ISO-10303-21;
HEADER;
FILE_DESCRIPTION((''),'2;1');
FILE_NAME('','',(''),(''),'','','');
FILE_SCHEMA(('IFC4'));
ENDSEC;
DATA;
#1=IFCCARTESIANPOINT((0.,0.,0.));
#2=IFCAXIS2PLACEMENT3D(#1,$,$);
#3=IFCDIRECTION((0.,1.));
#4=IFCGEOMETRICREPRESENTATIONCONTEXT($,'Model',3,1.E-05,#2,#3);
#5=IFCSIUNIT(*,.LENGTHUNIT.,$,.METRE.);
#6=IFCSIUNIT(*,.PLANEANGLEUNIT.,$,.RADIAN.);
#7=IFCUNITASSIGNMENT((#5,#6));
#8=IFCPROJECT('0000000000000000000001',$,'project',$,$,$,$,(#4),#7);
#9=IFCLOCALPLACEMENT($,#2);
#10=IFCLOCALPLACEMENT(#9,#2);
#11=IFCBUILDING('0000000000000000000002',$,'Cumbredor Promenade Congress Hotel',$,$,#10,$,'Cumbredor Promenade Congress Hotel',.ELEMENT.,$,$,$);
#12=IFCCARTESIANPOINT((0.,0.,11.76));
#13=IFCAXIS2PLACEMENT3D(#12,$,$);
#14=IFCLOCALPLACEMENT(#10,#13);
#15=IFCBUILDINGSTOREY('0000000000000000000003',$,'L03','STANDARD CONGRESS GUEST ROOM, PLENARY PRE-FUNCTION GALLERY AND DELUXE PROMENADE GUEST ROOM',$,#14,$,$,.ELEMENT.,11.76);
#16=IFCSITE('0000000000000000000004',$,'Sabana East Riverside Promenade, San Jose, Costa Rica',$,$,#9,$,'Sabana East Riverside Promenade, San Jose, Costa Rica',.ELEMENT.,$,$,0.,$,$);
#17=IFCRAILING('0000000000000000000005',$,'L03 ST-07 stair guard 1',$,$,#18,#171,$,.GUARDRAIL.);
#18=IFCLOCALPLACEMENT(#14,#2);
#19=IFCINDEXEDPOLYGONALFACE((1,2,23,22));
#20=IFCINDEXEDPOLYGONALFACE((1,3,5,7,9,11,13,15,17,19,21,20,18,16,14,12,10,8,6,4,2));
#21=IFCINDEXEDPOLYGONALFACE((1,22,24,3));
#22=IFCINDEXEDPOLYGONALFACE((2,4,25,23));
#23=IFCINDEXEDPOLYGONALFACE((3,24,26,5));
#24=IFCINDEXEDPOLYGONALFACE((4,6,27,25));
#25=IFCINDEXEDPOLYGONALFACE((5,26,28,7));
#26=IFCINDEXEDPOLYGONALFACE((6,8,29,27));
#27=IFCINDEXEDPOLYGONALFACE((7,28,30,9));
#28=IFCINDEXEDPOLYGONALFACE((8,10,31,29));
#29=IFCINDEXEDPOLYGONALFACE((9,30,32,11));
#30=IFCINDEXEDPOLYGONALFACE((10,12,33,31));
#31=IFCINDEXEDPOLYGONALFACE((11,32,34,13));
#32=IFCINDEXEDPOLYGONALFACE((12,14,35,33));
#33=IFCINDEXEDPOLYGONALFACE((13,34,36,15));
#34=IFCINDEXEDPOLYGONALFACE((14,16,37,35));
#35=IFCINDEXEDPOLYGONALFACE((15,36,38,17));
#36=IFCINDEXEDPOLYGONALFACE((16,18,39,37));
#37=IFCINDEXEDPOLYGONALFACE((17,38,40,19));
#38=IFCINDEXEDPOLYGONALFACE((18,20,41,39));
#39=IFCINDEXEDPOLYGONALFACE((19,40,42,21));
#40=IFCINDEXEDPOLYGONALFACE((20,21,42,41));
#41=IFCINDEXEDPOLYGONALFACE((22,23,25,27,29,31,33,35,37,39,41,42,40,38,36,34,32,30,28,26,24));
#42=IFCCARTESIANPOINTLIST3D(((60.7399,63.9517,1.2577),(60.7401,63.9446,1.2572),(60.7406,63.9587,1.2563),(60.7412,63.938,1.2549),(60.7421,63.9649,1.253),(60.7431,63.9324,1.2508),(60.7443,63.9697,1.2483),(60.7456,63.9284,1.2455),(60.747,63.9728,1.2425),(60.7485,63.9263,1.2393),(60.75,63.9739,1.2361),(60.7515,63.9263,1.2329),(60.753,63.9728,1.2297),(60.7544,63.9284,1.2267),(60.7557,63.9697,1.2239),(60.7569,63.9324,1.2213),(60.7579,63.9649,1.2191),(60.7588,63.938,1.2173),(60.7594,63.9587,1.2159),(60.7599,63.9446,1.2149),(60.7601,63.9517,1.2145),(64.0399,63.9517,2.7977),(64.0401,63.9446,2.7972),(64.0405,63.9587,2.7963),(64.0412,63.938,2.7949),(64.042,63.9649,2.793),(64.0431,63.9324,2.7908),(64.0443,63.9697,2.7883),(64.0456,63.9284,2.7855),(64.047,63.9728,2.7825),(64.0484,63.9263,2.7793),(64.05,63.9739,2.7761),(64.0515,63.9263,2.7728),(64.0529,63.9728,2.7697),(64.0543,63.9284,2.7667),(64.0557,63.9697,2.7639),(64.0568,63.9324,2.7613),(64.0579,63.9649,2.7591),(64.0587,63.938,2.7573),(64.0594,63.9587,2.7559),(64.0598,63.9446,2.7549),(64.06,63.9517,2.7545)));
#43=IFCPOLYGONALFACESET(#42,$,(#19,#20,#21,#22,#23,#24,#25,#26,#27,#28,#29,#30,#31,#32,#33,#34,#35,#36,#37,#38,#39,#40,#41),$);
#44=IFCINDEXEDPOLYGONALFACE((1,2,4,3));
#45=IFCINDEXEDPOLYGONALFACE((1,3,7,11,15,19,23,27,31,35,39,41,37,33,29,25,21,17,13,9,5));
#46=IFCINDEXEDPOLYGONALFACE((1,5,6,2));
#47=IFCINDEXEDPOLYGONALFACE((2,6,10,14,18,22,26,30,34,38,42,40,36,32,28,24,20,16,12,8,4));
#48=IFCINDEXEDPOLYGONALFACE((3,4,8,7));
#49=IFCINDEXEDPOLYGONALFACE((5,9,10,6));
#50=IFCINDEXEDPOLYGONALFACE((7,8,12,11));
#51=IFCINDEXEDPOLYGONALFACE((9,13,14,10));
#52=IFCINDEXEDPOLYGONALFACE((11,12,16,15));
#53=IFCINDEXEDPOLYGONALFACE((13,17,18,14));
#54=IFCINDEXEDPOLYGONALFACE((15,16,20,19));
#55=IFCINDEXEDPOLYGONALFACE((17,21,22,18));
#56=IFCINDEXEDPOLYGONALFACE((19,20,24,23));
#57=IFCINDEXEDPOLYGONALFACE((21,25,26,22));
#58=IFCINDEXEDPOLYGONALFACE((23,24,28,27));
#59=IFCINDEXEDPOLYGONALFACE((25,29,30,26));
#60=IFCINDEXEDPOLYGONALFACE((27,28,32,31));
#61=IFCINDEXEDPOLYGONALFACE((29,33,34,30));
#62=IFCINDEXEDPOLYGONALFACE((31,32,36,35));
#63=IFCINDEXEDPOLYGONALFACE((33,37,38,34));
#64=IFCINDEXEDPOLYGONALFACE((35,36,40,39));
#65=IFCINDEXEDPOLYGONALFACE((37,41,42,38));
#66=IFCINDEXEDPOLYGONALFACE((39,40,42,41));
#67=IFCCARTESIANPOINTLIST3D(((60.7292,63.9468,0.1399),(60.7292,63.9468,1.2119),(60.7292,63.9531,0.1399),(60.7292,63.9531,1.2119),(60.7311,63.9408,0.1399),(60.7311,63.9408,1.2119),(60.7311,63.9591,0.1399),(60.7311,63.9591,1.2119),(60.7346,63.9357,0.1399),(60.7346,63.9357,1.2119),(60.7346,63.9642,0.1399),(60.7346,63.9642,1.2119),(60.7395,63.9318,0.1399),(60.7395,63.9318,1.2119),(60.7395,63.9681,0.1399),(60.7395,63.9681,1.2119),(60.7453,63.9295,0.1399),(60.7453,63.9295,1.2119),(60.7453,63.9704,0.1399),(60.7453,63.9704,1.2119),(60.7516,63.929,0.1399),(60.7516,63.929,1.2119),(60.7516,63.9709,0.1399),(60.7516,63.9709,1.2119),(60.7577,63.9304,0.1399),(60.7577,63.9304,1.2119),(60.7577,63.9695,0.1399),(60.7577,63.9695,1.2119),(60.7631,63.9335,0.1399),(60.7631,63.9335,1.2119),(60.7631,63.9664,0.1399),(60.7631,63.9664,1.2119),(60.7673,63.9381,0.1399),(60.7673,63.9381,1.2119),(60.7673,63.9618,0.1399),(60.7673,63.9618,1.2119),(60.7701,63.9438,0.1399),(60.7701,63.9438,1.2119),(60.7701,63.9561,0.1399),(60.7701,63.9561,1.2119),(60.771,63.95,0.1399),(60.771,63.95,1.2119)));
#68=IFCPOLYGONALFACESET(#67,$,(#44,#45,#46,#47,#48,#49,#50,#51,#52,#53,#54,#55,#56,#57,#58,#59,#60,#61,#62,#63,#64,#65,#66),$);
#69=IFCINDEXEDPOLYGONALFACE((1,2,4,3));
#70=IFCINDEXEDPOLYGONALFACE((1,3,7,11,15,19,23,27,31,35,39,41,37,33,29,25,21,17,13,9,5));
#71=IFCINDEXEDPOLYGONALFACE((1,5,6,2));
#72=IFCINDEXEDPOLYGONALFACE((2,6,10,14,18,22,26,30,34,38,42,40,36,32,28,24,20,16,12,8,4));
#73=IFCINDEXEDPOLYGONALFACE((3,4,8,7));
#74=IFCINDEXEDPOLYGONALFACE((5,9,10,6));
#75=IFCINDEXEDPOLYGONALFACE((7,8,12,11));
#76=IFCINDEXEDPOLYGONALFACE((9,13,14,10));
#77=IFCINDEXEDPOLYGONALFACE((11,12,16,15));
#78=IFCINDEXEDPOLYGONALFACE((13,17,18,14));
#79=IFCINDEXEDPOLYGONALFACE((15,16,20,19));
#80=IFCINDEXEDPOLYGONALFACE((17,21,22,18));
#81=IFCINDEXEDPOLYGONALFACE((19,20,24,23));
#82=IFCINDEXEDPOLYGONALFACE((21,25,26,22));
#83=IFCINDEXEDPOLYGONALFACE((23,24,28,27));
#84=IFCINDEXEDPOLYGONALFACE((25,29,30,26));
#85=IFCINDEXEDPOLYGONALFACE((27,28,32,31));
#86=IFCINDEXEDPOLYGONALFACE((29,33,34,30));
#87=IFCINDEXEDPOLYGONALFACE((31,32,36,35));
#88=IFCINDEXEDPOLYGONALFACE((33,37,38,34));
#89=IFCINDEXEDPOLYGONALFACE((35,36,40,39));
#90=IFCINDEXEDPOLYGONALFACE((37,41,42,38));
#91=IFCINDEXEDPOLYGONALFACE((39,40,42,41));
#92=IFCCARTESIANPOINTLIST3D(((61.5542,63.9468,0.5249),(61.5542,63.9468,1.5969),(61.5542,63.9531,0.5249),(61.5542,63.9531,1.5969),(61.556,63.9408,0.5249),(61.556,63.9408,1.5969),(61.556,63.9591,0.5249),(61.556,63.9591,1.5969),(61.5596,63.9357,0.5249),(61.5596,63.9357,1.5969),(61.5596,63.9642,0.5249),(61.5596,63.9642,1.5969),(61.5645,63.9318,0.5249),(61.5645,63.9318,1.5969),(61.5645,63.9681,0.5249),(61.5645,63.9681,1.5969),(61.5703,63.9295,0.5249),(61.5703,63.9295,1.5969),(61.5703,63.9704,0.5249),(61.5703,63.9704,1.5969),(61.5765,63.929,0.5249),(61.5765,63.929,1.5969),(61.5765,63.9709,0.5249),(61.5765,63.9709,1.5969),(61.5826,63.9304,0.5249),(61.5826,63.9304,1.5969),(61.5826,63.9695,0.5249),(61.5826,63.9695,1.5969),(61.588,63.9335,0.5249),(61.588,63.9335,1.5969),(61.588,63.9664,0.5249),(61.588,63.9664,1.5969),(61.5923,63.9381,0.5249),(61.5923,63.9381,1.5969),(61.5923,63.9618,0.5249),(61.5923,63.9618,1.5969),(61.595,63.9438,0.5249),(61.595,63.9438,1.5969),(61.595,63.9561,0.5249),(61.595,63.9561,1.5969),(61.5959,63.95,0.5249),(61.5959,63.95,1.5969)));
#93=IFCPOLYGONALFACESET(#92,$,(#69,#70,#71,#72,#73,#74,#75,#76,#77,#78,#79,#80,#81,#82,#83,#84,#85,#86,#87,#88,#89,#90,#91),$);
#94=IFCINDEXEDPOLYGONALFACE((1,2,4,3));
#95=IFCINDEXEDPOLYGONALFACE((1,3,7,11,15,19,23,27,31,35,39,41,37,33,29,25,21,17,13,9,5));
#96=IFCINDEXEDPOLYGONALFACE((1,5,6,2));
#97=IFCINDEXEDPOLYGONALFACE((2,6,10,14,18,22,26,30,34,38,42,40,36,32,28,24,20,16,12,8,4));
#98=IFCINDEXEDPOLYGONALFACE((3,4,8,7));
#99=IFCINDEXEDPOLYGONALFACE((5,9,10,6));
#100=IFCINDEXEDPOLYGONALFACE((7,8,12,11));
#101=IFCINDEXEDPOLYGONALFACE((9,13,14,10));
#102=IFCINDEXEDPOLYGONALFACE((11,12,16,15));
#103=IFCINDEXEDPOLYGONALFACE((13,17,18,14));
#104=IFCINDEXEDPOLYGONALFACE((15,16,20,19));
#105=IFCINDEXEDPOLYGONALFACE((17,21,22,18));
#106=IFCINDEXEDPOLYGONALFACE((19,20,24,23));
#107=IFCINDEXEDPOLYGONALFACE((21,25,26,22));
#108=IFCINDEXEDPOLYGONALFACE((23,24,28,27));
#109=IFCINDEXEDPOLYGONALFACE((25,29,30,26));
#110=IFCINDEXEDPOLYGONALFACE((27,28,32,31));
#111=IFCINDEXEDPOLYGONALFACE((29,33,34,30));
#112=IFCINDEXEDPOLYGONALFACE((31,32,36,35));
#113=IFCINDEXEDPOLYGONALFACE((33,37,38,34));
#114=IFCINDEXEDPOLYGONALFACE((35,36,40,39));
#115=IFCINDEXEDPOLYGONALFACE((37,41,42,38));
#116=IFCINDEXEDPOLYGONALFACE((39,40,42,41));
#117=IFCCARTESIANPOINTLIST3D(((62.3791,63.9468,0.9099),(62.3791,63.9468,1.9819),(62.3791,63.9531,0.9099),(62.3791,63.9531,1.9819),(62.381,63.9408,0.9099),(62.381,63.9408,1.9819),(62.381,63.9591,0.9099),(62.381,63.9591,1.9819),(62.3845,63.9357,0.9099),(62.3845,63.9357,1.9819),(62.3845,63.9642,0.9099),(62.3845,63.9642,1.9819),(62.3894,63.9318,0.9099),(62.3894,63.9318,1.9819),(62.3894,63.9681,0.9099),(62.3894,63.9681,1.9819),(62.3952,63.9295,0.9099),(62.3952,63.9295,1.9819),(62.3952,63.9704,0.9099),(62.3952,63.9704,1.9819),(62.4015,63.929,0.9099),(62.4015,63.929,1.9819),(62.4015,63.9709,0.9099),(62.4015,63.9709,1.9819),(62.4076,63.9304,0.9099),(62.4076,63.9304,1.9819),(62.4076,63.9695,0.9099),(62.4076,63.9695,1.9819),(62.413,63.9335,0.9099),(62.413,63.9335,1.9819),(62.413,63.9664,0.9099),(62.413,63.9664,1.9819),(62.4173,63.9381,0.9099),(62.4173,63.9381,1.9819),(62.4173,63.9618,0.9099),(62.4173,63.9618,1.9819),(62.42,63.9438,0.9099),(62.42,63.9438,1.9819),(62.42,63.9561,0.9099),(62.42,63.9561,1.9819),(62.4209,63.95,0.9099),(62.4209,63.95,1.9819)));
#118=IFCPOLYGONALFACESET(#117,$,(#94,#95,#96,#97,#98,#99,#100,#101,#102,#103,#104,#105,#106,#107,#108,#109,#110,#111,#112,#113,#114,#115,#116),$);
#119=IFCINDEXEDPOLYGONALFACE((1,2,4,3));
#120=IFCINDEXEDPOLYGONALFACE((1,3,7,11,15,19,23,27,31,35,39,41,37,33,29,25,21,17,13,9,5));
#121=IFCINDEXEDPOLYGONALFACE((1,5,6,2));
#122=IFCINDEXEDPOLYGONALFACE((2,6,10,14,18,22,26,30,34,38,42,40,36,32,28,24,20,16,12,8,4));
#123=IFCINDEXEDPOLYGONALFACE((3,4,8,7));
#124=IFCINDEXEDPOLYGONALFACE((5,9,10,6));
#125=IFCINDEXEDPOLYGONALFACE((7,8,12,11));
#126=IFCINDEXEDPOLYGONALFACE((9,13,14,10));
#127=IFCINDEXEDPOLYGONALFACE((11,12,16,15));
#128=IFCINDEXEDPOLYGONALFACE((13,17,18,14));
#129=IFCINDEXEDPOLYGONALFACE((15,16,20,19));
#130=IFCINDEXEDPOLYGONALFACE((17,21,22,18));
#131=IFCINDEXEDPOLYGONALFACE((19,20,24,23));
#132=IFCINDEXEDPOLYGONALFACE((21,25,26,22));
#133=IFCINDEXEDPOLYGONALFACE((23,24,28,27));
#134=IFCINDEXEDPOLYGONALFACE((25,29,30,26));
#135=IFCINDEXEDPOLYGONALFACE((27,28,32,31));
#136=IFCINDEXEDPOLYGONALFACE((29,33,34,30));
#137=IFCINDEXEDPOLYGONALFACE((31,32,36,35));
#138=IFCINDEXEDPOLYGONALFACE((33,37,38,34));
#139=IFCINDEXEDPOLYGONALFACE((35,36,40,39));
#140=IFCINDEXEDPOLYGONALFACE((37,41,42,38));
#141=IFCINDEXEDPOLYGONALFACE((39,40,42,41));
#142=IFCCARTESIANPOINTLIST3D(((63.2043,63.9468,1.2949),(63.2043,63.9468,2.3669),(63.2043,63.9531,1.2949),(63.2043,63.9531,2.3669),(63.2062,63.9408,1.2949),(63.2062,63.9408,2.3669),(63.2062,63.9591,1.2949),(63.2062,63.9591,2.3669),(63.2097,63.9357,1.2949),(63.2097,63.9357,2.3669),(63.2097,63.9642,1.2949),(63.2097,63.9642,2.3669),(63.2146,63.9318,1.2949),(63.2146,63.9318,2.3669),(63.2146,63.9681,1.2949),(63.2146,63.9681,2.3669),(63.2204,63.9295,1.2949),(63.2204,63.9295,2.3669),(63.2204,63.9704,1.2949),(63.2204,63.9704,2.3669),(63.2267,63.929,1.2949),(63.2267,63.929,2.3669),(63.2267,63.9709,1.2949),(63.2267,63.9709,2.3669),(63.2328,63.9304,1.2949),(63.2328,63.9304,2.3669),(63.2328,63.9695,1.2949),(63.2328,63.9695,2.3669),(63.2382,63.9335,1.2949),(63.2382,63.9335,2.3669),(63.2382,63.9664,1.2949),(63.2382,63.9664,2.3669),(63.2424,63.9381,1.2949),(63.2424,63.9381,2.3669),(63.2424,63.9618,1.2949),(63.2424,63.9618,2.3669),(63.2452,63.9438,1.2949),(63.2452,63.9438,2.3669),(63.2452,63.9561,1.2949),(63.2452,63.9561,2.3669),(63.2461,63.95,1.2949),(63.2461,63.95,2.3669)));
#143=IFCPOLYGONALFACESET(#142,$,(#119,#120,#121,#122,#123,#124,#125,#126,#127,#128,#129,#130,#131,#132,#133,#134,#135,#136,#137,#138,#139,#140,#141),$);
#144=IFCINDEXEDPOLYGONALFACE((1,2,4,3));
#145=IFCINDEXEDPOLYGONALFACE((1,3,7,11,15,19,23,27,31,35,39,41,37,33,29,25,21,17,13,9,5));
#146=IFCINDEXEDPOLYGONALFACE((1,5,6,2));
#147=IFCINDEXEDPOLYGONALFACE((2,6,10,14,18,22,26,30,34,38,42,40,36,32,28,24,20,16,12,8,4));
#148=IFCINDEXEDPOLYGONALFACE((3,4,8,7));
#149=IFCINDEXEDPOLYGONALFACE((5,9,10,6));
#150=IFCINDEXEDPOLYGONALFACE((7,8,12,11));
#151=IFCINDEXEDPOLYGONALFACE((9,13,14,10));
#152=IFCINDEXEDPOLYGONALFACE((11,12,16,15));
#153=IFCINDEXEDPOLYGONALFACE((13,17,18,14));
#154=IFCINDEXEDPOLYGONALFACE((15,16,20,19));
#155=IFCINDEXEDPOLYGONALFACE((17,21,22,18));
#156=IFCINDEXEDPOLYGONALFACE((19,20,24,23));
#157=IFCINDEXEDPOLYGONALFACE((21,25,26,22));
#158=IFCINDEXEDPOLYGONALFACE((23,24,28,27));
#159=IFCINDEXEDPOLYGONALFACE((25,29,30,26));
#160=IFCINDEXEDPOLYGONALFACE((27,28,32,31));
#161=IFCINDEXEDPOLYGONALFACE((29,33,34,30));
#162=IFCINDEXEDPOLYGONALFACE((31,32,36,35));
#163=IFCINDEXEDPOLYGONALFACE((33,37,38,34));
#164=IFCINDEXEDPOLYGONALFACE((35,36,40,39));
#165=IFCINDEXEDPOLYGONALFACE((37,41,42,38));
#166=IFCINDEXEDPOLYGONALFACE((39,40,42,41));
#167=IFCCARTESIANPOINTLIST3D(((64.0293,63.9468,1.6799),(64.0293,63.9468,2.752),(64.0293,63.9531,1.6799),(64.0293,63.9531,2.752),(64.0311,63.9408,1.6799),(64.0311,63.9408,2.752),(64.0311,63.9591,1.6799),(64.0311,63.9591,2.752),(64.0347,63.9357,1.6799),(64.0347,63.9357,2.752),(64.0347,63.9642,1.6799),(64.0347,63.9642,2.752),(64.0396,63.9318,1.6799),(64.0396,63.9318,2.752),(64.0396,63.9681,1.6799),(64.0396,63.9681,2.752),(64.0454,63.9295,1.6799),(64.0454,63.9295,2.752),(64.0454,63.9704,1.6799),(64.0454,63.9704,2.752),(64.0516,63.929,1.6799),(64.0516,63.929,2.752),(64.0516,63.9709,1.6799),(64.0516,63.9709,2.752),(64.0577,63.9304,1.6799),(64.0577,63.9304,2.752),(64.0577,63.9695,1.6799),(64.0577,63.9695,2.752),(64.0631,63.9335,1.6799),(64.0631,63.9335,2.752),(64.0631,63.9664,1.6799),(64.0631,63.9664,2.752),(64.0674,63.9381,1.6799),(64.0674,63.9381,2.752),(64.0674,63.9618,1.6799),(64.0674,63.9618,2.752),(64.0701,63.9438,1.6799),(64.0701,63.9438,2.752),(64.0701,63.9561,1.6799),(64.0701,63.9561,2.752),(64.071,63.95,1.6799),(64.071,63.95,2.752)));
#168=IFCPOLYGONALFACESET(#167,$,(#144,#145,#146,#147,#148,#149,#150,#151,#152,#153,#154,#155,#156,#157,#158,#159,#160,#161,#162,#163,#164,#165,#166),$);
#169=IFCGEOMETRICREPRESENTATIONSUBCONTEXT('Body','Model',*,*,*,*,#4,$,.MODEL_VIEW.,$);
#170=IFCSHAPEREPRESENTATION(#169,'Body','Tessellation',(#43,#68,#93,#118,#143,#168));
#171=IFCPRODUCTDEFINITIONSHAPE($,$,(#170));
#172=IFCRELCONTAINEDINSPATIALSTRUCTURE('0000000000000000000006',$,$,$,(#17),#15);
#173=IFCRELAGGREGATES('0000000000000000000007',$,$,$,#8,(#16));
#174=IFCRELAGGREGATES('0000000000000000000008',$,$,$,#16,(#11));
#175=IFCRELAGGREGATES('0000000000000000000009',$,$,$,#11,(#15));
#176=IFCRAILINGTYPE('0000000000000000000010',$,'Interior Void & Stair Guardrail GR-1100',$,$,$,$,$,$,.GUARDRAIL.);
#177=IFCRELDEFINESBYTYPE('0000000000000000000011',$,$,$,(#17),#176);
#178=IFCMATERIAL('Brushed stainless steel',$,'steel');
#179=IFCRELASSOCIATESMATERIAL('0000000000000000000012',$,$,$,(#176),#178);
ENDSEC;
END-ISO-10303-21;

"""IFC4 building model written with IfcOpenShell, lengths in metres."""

from ifc_helpers import new_model, si_unit, direction, frame, origin, origin_2d, place, context, subcontext, project, spatial, circle, extrude, material, type_object, element, save


model = new_model("IFC4")

# Units and contexts
model_context = context("Model", 3, precision=1e-05, world=origin(), true_north=direction((0.0, 1.0)))
body_context = subcontext(model_context, "Body", "Model", "MODEL_VIEW")
ifc_project = project(units=[si_unit("LENGTHUNIT", "METRE"), si_unit("PLANEANGLEUNIT", "RADIAN")], contexts=[model_context])

# Site, building, storey
site_placement = place(None, origin())
site = spatial("IfcSite", under=ifc_project, at=site_placement, Name="Sabana East Riverside Promenade, San Jose, Costa Rica", LongName="Sabana East Riverside Promenade, San Jose, Costa Rica", CompositionType="ELEMENT", RefElevation=0.0)
building_placement = place(site_placement, origin())
building = spatial("IfcBuilding", under=site, at=building_placement, Name="Cumbredor Promenade Congress Hotel", LongName="Cumbredor Promenade Congress Hotel", CompositionType="ELEMENT")
storey_placement = place(building_placement, frame((0.0, 0.0, 11.76)))
storey = spatial("IfcBuildingStorey", under=building, at=storey_placement, Name="L03", Description="STANDARD CONGRESS GUEST ROOM, PLENARY PRE-FUNCTION GALLERY AND DELUXE PROMENADE GUEST ROOM", CompositionType="ELEMENT", Elevation=11.76)

# Railing
ifc_material_1 = material(Name="Brushed stainless steel", Category="steel")
railing_type_1 = type_object("IfcRailingType", Name="Interior Void & Stair Guardrail GR-1100", PredefinedType="GUARDRAIL", material=ifc_material_1)
railing_1_placement = place(storey_placement, frame((60.75, 63.95, 0.1399)))
element("IfcRailing", 1, at=railing_1_placement, inside=storey, type_object=railing_type_1, Name="L03 ST-07 stair guard 1", PredefinedType="GUARDRAIL", context=body_context, shape_type="SweptSolid", body=[
    extrude(circle(Radius=0.0239, at=origin_2d()), frame((0.0, 0.0, 1.0962), z_axis=(0.906181, 0.0, 0.422889), x_axis=(0.0, 1.0, 0.0)), (0.0, 0.0, 1.0), 3.6416),
    extrude(circle(Radius=0.021, at=origin_2d()), origin(), (0.0, 0.0, 1.0), 1.072),
    extrude(circle(Radius=0.021, at=origin_2d()), frame((0.825, 0.0, 0.385)), (0.0, 0.0, 1.0), 1.072),
    extrude(circle(Radius=0.021, at=origin_2d()), frame((1.6499, 0.0, 0.77)), (0.0, 0.0, 1.0), 1.072),
    extrude(circle(Radius=0.021, at=origin_2d()), frame((2.4751, 0.0, 1.155)), (0.0, 0.0, 1.0), 1.072),
    extrude(circle(Radius=0.021, at=origin_2d()), frame((3.3, 0.0, 1.54)), (0.0, 0.0, 1.0), 1.072),
])

save(model, "model.ifc")
